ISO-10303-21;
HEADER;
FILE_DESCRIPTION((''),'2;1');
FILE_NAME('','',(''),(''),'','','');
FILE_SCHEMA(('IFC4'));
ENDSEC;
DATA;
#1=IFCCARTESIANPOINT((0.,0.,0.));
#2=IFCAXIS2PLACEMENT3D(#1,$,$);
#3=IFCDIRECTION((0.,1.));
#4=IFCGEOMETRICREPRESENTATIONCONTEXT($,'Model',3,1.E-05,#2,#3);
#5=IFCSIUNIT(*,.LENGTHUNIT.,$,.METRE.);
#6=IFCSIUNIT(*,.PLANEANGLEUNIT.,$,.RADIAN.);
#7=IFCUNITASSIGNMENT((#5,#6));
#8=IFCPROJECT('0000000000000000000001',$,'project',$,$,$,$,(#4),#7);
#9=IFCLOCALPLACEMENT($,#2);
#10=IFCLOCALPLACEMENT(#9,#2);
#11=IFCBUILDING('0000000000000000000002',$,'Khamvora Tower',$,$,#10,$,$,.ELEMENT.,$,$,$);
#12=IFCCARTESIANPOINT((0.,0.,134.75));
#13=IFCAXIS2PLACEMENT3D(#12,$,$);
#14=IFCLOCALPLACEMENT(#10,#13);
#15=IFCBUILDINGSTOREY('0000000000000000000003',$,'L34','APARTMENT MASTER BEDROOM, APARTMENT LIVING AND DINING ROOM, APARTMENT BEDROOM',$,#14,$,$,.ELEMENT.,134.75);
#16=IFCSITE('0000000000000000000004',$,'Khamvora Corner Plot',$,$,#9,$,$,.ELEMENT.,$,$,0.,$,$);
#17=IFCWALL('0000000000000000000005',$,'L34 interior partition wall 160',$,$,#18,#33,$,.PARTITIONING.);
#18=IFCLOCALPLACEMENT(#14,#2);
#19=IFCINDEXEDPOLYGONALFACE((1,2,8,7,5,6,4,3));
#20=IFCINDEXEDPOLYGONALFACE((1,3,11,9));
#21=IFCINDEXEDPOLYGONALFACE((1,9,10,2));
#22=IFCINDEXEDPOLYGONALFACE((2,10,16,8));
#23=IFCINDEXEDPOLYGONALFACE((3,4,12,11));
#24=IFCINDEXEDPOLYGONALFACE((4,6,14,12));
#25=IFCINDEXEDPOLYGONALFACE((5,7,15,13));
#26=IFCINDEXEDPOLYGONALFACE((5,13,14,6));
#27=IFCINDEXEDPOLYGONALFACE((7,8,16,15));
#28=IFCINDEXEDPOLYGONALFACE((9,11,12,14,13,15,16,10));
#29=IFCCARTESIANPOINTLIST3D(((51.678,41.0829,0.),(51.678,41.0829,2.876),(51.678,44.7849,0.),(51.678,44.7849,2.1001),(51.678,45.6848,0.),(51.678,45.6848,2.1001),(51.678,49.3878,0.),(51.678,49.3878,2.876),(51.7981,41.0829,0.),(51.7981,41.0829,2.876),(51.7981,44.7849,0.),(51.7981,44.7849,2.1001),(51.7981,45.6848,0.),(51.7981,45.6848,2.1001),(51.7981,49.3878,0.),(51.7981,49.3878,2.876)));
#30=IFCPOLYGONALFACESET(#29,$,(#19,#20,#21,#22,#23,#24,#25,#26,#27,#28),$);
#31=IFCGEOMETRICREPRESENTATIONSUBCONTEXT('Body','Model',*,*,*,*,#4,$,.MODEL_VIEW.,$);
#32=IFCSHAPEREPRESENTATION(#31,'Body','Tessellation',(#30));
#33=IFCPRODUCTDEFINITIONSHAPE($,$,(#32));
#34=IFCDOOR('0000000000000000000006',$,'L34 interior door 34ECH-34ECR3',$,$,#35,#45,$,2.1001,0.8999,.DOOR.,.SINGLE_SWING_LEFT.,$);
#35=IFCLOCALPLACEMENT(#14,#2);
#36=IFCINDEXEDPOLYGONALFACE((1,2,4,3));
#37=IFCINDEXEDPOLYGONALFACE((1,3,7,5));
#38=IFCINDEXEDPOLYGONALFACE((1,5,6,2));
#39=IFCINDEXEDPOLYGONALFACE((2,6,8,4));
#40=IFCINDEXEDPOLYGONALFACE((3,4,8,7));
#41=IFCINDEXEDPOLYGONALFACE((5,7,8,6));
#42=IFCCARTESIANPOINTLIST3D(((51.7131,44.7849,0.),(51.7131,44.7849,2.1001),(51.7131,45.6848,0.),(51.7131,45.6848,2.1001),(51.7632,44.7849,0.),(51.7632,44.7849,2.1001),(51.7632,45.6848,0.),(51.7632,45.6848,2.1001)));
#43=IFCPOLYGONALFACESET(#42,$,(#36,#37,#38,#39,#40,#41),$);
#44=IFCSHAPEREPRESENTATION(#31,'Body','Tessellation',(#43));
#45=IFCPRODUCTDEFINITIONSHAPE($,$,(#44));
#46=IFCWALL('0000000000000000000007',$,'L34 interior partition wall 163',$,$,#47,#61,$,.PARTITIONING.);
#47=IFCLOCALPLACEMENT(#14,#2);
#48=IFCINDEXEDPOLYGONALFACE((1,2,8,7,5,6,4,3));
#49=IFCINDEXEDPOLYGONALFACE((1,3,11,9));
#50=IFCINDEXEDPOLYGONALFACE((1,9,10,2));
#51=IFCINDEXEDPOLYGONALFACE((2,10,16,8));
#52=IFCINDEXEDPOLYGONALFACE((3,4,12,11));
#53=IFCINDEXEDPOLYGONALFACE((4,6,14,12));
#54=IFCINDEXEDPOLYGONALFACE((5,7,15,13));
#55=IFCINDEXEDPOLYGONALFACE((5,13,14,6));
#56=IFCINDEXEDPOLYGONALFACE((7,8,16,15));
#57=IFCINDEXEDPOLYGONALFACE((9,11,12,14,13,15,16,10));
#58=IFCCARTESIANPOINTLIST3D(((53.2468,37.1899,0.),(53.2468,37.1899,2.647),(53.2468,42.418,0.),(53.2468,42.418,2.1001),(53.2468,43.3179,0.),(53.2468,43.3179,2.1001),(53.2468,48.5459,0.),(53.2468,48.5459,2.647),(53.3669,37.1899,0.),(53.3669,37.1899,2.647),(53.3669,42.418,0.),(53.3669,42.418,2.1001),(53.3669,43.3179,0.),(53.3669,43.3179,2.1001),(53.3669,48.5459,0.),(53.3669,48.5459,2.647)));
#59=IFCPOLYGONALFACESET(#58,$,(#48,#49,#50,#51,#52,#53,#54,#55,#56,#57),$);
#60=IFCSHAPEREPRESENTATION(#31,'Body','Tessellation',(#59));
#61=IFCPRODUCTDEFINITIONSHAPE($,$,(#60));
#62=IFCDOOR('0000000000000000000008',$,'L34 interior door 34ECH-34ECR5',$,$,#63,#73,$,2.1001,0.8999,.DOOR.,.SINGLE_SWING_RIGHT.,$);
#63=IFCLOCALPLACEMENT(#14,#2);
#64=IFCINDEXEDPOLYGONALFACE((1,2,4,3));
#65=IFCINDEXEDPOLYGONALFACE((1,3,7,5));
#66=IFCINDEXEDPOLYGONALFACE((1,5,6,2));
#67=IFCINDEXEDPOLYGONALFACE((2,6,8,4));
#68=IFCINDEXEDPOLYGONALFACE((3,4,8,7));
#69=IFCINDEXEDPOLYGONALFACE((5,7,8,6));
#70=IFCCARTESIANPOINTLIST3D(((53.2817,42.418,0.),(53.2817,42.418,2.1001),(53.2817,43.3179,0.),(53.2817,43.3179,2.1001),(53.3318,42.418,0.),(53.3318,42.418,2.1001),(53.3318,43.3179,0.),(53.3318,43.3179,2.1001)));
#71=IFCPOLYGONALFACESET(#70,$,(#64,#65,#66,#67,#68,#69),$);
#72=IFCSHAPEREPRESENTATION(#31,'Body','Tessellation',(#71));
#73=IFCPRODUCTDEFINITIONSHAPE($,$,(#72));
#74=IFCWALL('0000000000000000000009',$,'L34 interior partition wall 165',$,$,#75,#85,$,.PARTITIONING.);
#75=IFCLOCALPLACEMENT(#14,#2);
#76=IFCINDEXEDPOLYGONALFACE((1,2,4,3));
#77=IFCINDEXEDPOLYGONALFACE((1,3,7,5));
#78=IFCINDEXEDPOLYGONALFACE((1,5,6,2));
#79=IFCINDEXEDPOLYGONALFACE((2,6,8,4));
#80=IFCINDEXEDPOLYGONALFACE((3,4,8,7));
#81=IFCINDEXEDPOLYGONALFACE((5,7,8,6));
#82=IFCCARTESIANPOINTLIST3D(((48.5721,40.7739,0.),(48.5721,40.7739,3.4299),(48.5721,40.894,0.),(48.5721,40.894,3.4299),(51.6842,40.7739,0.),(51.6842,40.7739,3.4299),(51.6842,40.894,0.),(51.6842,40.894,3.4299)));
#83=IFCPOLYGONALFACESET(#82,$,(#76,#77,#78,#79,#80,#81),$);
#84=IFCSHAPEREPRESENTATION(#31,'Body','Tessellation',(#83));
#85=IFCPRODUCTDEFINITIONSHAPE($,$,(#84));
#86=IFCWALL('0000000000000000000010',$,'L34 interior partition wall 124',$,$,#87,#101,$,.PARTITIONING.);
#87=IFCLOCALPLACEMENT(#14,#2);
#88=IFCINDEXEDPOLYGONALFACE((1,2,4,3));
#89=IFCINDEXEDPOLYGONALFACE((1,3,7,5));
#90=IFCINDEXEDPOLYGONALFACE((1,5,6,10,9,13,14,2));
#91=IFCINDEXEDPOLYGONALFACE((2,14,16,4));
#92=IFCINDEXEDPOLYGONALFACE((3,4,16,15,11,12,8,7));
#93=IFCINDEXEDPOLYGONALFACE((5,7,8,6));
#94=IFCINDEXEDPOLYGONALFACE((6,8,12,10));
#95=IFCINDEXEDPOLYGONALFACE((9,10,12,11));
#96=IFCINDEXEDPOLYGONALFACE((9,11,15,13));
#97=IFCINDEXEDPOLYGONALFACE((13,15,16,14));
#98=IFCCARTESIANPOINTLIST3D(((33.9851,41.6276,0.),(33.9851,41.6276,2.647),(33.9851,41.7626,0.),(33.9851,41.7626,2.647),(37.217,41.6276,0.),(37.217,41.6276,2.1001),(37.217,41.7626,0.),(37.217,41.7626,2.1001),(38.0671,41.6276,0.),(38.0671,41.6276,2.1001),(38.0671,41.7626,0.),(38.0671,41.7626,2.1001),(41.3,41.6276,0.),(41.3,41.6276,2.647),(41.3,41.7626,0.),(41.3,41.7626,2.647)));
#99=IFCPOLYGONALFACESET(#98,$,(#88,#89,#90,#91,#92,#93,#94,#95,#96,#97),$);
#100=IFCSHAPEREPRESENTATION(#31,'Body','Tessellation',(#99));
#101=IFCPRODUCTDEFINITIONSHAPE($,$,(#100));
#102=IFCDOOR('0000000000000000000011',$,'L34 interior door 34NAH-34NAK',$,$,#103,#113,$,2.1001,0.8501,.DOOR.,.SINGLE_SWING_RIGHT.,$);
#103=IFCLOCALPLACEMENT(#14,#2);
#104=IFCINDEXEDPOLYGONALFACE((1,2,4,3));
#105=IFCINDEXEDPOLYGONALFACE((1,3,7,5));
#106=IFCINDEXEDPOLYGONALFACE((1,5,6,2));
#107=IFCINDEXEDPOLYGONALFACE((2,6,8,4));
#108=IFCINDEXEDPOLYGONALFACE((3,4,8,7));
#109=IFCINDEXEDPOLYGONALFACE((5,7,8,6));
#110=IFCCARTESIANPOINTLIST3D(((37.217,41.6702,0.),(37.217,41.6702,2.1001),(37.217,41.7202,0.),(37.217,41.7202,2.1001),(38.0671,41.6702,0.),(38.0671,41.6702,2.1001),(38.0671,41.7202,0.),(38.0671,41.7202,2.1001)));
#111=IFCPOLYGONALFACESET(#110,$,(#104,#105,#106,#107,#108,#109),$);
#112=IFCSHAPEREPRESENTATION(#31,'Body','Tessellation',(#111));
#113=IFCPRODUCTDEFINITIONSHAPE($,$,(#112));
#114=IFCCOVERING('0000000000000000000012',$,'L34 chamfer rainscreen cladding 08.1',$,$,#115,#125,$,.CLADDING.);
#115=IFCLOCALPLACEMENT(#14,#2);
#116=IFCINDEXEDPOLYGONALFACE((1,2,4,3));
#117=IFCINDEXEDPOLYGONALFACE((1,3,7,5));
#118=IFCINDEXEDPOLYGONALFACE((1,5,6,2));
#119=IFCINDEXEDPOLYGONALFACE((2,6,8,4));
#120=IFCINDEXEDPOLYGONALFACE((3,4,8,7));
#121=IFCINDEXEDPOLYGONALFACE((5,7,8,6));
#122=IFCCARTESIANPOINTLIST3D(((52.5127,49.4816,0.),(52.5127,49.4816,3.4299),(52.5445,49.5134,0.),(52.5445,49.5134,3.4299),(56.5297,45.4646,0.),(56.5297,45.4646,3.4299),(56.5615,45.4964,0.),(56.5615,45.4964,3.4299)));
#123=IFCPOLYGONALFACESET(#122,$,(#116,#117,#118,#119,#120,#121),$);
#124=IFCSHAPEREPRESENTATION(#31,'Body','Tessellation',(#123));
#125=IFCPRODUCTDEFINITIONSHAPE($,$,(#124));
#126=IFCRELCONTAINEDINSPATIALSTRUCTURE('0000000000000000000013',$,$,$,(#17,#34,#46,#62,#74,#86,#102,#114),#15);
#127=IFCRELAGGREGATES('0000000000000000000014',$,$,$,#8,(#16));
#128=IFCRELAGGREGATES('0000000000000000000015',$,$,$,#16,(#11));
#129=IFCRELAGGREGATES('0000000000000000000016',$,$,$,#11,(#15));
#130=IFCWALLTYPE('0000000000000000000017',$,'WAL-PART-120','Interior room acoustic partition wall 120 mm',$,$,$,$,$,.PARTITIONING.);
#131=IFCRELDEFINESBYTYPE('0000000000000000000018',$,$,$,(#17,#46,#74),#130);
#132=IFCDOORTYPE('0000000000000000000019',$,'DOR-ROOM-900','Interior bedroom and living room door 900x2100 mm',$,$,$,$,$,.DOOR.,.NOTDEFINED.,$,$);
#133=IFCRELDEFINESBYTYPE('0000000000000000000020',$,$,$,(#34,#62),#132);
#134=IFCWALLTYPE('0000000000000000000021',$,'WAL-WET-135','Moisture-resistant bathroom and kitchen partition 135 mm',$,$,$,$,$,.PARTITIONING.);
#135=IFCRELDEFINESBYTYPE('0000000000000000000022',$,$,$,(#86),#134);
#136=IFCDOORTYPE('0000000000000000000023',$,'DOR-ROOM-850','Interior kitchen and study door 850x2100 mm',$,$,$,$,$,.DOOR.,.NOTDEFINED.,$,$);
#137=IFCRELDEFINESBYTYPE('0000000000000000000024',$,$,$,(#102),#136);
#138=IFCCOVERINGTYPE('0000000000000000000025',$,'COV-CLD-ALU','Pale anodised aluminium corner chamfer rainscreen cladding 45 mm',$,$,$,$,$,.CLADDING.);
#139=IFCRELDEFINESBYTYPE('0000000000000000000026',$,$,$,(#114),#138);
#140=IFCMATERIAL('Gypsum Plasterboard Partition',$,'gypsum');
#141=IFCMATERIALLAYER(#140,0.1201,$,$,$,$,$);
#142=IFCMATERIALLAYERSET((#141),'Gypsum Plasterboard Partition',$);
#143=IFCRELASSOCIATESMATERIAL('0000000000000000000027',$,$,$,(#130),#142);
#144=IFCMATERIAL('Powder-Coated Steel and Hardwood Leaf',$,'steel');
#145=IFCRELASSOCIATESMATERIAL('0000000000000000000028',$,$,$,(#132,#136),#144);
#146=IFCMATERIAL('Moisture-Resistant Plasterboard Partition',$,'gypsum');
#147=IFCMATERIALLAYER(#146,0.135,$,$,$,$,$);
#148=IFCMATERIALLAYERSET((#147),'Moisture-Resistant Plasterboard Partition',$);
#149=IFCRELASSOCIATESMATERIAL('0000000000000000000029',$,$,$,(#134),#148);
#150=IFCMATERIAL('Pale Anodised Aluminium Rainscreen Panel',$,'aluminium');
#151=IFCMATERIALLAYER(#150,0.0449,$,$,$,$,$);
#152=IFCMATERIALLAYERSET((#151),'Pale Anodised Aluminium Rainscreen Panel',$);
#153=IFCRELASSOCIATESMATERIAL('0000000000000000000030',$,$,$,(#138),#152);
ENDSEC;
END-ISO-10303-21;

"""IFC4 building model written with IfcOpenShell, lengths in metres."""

from ifc_helpers import new_model, si_unit, direction, frame, frame_2d, origin, origin_2d, place, context, subcontext, project, spatial, rectangle, extrude, material, layer, layer_set, type_object, element, fill, save


model = new_model("IFC4")

# Units and contexts
model_context = context("Model", 3, precision=1e-05, world=origin(), true_north=direction((0.0, 1.0)))
body_context = subcontext(model_context, "Body", "Model", "MODEL_VIEW")
ifc_project = project(units=[si_unit("LENGTHUNIT", "METRE"), si_unit("PLANEANGLEUNIT", "RADIAN")], contexts=[model_context])

# Site, building, storey
site_placement = place(None, origin())
site = spatial("IfcSite", under=ifc_project, at=site_placement, Name="Khamvora Corner Plot", CompositionType="ELEMENT", RefElevation=0.0)
building_placement = place(site_placement, origin())
building = spatial("IfcBuilding", under=site, at=building_placement, Name="Khamvora Tower", CompositionType="ELEMENT")
storey_placement = place(building_placement, frame((0.0, 0.0, 134.75)))
storey = spatial("IfcBuildingStorey", under=building, at=storey_placement, Name="L34", Description="APARTMENT MASTER BEDROOM, APARTMENT LIVING AND DINING ROOM, APARTMENT BEDROOM", CompositionType="ELEMENT", Elevation=134.75)

# Walls, openings, doors
ifc_material_1 = material(Name="Gypsum Plasterboard Partition", Category="gypsum")
ifc_layer_1 = layer(ifc_material_1, 0.1201)
ifc_layer_set_1 = layer_set([ifc_layer_1], Name="Gypsum Plasterboard Partition")
wall_type_1 = type_object("IfcWallType", Name="WAL-PART-120", Description="Interior room acoustic partition wall 120 mm", PredefinedType="PARTITIONING", material=ifc_layer_set_1)
wall_1_placement = place(storey_placement, frame((51.738, 41.083, 0.0), z_axis=(0.0, 0.0, 1.0), x_axis=(0.0, 1.0, 0.0)))
wall_1 = element("IfcWall", 1, at=wall_1_placement, inside=storey, type_object=wall_type_1, Name="L34 interior partition wall 160", PredefinedType="PARTITIONING", context=body_context, shape_type="SweptSolid", body=[
    extrude(rectangle(XDim=8.3049, YDim=0.1201, at=frame_2d((4.1523, 0.0))), origin(), (0.0, 0.0, 1.0), 2.876),
])
opening_1_placement = place(wall_1_placement, frame((3.7019, 0.0, 0.0)))
opening_1 = element("IfcOpeningElement", 2, at=opening_1_placement, cuts=wall_1, PredefinedType="OPENING", context=body_context, shape_type="SweptSolid", body=[
    extrude(rectangle(XDim=0.8999, YDim=2.1001, at=frame_2d((0.45, 1.05))), frame((0.0, 0.0701, 0.0), z_axis=(0.0, -1.0, 0.0), x_axis=(1.0, 0.0, 0.0)), (0.0, 0.0, 1.0), 0.1401),
])
ifc_material_2 = material(Name="Powder-Coated Steel and Hardwood Leaf", Category="steel")
door_type_1 = type_object("IfcDoorType", Name="DOR-ROOM-900", Description="Interior bedroom and living room door 900x2100 mm", OperationType="NOTDEFINED", PredefinedType="DOOR", material=ifc_material_2)
door_1_placement = place(opening_1_placement, origin())
door_1 = element("IfcDoor", 3, at=door_1_placement, inside=storey, type_object=door_type_1, Name="L34 interior door 34ECH-34ECR3", OperationType="SINGLE_SWING_LEFT", OverallHeight=2.1001, OverallWidth=0.8999, PredefinedType="DOOR", context=body_context, shape_type="SweptSolid", body=[
    extrude(rectangle(XDim=0.8999, YDim=2.1001, at=frame_2d((0.45, 1.05))), frame((0.0, 0.0249, 0.0), z_axis=(0.0, -1.0, 0.0), x_axis=(1.0, 0.0, 0.0)), (0.0, 0.0, 1.0), 0.05),
])
fill(opening_1, door_1)
wall_2_placement = place(storey_placement, frame((53.3069, 48.5459, 0.0), z_axis=(0.0, 0.0, 1.0), x_axis=(0.0, -1.0, 0.0)))
wall_2 = element("IfcWall", 4, at=wall_2_placement, inside=storey, type_object=wall_type_1, Name="L34 interior partition wall 163", PredefinedType="PARTITIONING", context=body_context, shape_type="SweptSolid", body=[
    extrude(rectangle(XDim=11.356, YDim=0.1201, at=frame_2d((5.678, 0.0))), origin(), (0.0, 0.0, 1.0), 2.647),
])
opening_2_placement = place(wall_2_placement, frame((5.228, 0.0, 0.0)))
opening_2 = element("IfcOpeningElement", 5, at=opening_2_placement, cuts=wall_2, PredefinedType="OPENING", context=body_context, shape_type="SweptSolid", body=[
    extrude(rectangle(XDim=0.8999, YDim=2.1001, at=frame_2d((0.45, 1.05))), frame((0.0, 0.0701, 0.0), z_axis=(0.0, -1.0, 0.0), x_axis=(1.0, 0.0, 0.0)), (0.0, 0.0, 1.0), 0.1401),
])
door_2_placement = place(opening_2_placement, origin())
door_2 = element("IfcDoor", 6, at=door_2_placement, inside=storey, type_object=door_type_1, Name="L34 interior door 34ECH-34ECR5", OperationType="SINGLE_SWING_RIGHT", OverallHeight=2.1001, OverallWidth=0.8999, PredefinedType="DOOR", context=body_context, shape_type="SweptSolid", body=[
    extrude(rectangle(XDim=0.8999, YDim=2.1001, at=frame_2d((0.45, 1.05))), frame((0.0, 0.0249, 0.0), z_axis=(0.0, -1.0, 0.0), x_axis=(1.0, 0.0, 0.0)), (0.0, 0.0, 1.0), 0.05),
])
fill(opening_2, door_2)

# Wall
wall_3_placement = place(storey_placement, frame((48.572, 40.834, 0.0), z_axis=(0.0, 0.0, 1.0), x_axis=(1.0, 0.0, 0.0)))
element("IfcWall", 7, at=wall_3_placement, inside=storey, type_object=wall_type_1, Name="L34 interior partition wall 165", PredefinedType="PARTITIONING", context=body_context, shape_type="SweptSolid", body=[
    extrude(rectangle(XDim=3.1121, YDim=0.1201, at=frame_2d((1.5562, 0.0))), origin(), (0.0, 0.0, 1.0), 3.4299),
])

# Wall, opening, door
ifc_material_3 = material(Name="Moisture-Resistant Plasterboard Partition", Category="gypsum")
ifc_layer_2 = layer(ifc_material_3, 0.135)
ifc_layer_set_2 = layer_set([ifc_layer_2], Name="Moisture-Resistant Plasterboard Partition")
wall_type_2 = type_object("IfcWallType", Name="WAL-WET-135", Description="Moisture-resistant bathroom and kitchen partition 135 mm", PredefinedType="PARTITIONING", material=ifc_layer_set_2)
wall_4_placement = place(storey_placement, frame((41.3, 41.6951, 0.0), z_axis=(0.0, 0.0, 1.0), x_axis=(-1.0, 0.0, 0.0)))
wall_4 = element("IfcWall", 8, at=wall_4_placement, inside=storey, type_object=wall_type_2, Name="L34 interior partition wall 124", PredefinedType="PARTITIONING", context=body_context, shape_type="SweptSolid", body=[
    extrude(rectangle(XDim=7.3149, YDim=0.135, at=frame_2d((3.6575, 0.0))), origin(), (0.0, 0.0, 1.0), 2.647),
])
opening_3_placement = place(wall_4_placement, frame((3.2329, 0.0, 0.0)))
opening_3 = element("IfcOpeningElement", 9, at=opening_3_placement, cuts=wall_4, PredefinedType="OPENING", context=body_context, shape_type="SweptSolid", body=[
    extrude(rectangle(XDim=0.8501, YDim=2.1001, at=frame_2d((0.425, 1.05))), frame((0.0, 0.0774, 0.0), z_axis=(0.0, -1.0, 0.0), x_axis=(1.0, 0.0, 0.0)), (0.0, 0.0, 1.0), 0.155),
])
door_type_2 = type_object("IfcDoorType", Name="DOR-ROOM-850", Description="Interior kitchen and study door 850x2100 mm", OperationType="NOTDEFINED", PredefinedType="DOOR", material=ifc_material_2)
door_3_placement = place(opening_3_placement, origin())
door_3 = element("IfcDoor", 10, at=door_3_placement, inside=storey, type_object=door_type_2, Name="L34 interior door 34NAH-34NAK", OperationType="SINGLE_SWING_RIGHT", OverallHeight=2.1001, OverallWidth=0.8501, PredefinedType="DOOR", context=body_context, shape_type="SweptSolid", body=[
    extrude(rectangle(XDim=0.8501, YDim=2.1001, at=frame_2d((0.425, 1.05))), frame((0.0, 0.0249, 0.0), z_axis=(0.0, -1.0, 0.0), x_axis=(1.0, 0.0, 0.0)), (0.0, 0.0, 1.0), 0.05),
])
fill(opening_3, door_3)

# Covering
ifc_material_4 = material(Name="Pale Anodised Aluminium Rainscreen Panel", Category="aluminium")
ifc_layer_3 = layer(ifc_material_4, 0.0449)
ifc_layer_set_3 = layer_set([ifc_layer_3], Name="Pale Anodised Aluminium Rainscreen Panel")
covering_type = type_object("IfcCoveringType", Name="COV-CLD-ALU", Description="Pale anodised aluminium corner chamfer rainscreen cladding 45 mm", PredefinedType="CLADDING", material=ifc_layer_set_3)
covering_placement = place(storey_placement, frame((54.5371, 47.489, 0.0), z_axis=(0.0, 0.0, 1.0), x_axis=(0.707107, -0.707107, 0.0)))
element("IfcCovering", 11, at=covering_placement, inside=storey, type_object=covering_type, Name="L34 chamfer rainscreen cladding 08.1", PredefinedType="CLADDING", context=body_context, shape_type="SweptSolid", body=[
    extrude(rectangle(XDim=5.6809, YDim=0.0449, at=origin_2d()), origin(), (0.0, 0.0, 1.0), 3.4299),
])

save(model, "model.ifc")
